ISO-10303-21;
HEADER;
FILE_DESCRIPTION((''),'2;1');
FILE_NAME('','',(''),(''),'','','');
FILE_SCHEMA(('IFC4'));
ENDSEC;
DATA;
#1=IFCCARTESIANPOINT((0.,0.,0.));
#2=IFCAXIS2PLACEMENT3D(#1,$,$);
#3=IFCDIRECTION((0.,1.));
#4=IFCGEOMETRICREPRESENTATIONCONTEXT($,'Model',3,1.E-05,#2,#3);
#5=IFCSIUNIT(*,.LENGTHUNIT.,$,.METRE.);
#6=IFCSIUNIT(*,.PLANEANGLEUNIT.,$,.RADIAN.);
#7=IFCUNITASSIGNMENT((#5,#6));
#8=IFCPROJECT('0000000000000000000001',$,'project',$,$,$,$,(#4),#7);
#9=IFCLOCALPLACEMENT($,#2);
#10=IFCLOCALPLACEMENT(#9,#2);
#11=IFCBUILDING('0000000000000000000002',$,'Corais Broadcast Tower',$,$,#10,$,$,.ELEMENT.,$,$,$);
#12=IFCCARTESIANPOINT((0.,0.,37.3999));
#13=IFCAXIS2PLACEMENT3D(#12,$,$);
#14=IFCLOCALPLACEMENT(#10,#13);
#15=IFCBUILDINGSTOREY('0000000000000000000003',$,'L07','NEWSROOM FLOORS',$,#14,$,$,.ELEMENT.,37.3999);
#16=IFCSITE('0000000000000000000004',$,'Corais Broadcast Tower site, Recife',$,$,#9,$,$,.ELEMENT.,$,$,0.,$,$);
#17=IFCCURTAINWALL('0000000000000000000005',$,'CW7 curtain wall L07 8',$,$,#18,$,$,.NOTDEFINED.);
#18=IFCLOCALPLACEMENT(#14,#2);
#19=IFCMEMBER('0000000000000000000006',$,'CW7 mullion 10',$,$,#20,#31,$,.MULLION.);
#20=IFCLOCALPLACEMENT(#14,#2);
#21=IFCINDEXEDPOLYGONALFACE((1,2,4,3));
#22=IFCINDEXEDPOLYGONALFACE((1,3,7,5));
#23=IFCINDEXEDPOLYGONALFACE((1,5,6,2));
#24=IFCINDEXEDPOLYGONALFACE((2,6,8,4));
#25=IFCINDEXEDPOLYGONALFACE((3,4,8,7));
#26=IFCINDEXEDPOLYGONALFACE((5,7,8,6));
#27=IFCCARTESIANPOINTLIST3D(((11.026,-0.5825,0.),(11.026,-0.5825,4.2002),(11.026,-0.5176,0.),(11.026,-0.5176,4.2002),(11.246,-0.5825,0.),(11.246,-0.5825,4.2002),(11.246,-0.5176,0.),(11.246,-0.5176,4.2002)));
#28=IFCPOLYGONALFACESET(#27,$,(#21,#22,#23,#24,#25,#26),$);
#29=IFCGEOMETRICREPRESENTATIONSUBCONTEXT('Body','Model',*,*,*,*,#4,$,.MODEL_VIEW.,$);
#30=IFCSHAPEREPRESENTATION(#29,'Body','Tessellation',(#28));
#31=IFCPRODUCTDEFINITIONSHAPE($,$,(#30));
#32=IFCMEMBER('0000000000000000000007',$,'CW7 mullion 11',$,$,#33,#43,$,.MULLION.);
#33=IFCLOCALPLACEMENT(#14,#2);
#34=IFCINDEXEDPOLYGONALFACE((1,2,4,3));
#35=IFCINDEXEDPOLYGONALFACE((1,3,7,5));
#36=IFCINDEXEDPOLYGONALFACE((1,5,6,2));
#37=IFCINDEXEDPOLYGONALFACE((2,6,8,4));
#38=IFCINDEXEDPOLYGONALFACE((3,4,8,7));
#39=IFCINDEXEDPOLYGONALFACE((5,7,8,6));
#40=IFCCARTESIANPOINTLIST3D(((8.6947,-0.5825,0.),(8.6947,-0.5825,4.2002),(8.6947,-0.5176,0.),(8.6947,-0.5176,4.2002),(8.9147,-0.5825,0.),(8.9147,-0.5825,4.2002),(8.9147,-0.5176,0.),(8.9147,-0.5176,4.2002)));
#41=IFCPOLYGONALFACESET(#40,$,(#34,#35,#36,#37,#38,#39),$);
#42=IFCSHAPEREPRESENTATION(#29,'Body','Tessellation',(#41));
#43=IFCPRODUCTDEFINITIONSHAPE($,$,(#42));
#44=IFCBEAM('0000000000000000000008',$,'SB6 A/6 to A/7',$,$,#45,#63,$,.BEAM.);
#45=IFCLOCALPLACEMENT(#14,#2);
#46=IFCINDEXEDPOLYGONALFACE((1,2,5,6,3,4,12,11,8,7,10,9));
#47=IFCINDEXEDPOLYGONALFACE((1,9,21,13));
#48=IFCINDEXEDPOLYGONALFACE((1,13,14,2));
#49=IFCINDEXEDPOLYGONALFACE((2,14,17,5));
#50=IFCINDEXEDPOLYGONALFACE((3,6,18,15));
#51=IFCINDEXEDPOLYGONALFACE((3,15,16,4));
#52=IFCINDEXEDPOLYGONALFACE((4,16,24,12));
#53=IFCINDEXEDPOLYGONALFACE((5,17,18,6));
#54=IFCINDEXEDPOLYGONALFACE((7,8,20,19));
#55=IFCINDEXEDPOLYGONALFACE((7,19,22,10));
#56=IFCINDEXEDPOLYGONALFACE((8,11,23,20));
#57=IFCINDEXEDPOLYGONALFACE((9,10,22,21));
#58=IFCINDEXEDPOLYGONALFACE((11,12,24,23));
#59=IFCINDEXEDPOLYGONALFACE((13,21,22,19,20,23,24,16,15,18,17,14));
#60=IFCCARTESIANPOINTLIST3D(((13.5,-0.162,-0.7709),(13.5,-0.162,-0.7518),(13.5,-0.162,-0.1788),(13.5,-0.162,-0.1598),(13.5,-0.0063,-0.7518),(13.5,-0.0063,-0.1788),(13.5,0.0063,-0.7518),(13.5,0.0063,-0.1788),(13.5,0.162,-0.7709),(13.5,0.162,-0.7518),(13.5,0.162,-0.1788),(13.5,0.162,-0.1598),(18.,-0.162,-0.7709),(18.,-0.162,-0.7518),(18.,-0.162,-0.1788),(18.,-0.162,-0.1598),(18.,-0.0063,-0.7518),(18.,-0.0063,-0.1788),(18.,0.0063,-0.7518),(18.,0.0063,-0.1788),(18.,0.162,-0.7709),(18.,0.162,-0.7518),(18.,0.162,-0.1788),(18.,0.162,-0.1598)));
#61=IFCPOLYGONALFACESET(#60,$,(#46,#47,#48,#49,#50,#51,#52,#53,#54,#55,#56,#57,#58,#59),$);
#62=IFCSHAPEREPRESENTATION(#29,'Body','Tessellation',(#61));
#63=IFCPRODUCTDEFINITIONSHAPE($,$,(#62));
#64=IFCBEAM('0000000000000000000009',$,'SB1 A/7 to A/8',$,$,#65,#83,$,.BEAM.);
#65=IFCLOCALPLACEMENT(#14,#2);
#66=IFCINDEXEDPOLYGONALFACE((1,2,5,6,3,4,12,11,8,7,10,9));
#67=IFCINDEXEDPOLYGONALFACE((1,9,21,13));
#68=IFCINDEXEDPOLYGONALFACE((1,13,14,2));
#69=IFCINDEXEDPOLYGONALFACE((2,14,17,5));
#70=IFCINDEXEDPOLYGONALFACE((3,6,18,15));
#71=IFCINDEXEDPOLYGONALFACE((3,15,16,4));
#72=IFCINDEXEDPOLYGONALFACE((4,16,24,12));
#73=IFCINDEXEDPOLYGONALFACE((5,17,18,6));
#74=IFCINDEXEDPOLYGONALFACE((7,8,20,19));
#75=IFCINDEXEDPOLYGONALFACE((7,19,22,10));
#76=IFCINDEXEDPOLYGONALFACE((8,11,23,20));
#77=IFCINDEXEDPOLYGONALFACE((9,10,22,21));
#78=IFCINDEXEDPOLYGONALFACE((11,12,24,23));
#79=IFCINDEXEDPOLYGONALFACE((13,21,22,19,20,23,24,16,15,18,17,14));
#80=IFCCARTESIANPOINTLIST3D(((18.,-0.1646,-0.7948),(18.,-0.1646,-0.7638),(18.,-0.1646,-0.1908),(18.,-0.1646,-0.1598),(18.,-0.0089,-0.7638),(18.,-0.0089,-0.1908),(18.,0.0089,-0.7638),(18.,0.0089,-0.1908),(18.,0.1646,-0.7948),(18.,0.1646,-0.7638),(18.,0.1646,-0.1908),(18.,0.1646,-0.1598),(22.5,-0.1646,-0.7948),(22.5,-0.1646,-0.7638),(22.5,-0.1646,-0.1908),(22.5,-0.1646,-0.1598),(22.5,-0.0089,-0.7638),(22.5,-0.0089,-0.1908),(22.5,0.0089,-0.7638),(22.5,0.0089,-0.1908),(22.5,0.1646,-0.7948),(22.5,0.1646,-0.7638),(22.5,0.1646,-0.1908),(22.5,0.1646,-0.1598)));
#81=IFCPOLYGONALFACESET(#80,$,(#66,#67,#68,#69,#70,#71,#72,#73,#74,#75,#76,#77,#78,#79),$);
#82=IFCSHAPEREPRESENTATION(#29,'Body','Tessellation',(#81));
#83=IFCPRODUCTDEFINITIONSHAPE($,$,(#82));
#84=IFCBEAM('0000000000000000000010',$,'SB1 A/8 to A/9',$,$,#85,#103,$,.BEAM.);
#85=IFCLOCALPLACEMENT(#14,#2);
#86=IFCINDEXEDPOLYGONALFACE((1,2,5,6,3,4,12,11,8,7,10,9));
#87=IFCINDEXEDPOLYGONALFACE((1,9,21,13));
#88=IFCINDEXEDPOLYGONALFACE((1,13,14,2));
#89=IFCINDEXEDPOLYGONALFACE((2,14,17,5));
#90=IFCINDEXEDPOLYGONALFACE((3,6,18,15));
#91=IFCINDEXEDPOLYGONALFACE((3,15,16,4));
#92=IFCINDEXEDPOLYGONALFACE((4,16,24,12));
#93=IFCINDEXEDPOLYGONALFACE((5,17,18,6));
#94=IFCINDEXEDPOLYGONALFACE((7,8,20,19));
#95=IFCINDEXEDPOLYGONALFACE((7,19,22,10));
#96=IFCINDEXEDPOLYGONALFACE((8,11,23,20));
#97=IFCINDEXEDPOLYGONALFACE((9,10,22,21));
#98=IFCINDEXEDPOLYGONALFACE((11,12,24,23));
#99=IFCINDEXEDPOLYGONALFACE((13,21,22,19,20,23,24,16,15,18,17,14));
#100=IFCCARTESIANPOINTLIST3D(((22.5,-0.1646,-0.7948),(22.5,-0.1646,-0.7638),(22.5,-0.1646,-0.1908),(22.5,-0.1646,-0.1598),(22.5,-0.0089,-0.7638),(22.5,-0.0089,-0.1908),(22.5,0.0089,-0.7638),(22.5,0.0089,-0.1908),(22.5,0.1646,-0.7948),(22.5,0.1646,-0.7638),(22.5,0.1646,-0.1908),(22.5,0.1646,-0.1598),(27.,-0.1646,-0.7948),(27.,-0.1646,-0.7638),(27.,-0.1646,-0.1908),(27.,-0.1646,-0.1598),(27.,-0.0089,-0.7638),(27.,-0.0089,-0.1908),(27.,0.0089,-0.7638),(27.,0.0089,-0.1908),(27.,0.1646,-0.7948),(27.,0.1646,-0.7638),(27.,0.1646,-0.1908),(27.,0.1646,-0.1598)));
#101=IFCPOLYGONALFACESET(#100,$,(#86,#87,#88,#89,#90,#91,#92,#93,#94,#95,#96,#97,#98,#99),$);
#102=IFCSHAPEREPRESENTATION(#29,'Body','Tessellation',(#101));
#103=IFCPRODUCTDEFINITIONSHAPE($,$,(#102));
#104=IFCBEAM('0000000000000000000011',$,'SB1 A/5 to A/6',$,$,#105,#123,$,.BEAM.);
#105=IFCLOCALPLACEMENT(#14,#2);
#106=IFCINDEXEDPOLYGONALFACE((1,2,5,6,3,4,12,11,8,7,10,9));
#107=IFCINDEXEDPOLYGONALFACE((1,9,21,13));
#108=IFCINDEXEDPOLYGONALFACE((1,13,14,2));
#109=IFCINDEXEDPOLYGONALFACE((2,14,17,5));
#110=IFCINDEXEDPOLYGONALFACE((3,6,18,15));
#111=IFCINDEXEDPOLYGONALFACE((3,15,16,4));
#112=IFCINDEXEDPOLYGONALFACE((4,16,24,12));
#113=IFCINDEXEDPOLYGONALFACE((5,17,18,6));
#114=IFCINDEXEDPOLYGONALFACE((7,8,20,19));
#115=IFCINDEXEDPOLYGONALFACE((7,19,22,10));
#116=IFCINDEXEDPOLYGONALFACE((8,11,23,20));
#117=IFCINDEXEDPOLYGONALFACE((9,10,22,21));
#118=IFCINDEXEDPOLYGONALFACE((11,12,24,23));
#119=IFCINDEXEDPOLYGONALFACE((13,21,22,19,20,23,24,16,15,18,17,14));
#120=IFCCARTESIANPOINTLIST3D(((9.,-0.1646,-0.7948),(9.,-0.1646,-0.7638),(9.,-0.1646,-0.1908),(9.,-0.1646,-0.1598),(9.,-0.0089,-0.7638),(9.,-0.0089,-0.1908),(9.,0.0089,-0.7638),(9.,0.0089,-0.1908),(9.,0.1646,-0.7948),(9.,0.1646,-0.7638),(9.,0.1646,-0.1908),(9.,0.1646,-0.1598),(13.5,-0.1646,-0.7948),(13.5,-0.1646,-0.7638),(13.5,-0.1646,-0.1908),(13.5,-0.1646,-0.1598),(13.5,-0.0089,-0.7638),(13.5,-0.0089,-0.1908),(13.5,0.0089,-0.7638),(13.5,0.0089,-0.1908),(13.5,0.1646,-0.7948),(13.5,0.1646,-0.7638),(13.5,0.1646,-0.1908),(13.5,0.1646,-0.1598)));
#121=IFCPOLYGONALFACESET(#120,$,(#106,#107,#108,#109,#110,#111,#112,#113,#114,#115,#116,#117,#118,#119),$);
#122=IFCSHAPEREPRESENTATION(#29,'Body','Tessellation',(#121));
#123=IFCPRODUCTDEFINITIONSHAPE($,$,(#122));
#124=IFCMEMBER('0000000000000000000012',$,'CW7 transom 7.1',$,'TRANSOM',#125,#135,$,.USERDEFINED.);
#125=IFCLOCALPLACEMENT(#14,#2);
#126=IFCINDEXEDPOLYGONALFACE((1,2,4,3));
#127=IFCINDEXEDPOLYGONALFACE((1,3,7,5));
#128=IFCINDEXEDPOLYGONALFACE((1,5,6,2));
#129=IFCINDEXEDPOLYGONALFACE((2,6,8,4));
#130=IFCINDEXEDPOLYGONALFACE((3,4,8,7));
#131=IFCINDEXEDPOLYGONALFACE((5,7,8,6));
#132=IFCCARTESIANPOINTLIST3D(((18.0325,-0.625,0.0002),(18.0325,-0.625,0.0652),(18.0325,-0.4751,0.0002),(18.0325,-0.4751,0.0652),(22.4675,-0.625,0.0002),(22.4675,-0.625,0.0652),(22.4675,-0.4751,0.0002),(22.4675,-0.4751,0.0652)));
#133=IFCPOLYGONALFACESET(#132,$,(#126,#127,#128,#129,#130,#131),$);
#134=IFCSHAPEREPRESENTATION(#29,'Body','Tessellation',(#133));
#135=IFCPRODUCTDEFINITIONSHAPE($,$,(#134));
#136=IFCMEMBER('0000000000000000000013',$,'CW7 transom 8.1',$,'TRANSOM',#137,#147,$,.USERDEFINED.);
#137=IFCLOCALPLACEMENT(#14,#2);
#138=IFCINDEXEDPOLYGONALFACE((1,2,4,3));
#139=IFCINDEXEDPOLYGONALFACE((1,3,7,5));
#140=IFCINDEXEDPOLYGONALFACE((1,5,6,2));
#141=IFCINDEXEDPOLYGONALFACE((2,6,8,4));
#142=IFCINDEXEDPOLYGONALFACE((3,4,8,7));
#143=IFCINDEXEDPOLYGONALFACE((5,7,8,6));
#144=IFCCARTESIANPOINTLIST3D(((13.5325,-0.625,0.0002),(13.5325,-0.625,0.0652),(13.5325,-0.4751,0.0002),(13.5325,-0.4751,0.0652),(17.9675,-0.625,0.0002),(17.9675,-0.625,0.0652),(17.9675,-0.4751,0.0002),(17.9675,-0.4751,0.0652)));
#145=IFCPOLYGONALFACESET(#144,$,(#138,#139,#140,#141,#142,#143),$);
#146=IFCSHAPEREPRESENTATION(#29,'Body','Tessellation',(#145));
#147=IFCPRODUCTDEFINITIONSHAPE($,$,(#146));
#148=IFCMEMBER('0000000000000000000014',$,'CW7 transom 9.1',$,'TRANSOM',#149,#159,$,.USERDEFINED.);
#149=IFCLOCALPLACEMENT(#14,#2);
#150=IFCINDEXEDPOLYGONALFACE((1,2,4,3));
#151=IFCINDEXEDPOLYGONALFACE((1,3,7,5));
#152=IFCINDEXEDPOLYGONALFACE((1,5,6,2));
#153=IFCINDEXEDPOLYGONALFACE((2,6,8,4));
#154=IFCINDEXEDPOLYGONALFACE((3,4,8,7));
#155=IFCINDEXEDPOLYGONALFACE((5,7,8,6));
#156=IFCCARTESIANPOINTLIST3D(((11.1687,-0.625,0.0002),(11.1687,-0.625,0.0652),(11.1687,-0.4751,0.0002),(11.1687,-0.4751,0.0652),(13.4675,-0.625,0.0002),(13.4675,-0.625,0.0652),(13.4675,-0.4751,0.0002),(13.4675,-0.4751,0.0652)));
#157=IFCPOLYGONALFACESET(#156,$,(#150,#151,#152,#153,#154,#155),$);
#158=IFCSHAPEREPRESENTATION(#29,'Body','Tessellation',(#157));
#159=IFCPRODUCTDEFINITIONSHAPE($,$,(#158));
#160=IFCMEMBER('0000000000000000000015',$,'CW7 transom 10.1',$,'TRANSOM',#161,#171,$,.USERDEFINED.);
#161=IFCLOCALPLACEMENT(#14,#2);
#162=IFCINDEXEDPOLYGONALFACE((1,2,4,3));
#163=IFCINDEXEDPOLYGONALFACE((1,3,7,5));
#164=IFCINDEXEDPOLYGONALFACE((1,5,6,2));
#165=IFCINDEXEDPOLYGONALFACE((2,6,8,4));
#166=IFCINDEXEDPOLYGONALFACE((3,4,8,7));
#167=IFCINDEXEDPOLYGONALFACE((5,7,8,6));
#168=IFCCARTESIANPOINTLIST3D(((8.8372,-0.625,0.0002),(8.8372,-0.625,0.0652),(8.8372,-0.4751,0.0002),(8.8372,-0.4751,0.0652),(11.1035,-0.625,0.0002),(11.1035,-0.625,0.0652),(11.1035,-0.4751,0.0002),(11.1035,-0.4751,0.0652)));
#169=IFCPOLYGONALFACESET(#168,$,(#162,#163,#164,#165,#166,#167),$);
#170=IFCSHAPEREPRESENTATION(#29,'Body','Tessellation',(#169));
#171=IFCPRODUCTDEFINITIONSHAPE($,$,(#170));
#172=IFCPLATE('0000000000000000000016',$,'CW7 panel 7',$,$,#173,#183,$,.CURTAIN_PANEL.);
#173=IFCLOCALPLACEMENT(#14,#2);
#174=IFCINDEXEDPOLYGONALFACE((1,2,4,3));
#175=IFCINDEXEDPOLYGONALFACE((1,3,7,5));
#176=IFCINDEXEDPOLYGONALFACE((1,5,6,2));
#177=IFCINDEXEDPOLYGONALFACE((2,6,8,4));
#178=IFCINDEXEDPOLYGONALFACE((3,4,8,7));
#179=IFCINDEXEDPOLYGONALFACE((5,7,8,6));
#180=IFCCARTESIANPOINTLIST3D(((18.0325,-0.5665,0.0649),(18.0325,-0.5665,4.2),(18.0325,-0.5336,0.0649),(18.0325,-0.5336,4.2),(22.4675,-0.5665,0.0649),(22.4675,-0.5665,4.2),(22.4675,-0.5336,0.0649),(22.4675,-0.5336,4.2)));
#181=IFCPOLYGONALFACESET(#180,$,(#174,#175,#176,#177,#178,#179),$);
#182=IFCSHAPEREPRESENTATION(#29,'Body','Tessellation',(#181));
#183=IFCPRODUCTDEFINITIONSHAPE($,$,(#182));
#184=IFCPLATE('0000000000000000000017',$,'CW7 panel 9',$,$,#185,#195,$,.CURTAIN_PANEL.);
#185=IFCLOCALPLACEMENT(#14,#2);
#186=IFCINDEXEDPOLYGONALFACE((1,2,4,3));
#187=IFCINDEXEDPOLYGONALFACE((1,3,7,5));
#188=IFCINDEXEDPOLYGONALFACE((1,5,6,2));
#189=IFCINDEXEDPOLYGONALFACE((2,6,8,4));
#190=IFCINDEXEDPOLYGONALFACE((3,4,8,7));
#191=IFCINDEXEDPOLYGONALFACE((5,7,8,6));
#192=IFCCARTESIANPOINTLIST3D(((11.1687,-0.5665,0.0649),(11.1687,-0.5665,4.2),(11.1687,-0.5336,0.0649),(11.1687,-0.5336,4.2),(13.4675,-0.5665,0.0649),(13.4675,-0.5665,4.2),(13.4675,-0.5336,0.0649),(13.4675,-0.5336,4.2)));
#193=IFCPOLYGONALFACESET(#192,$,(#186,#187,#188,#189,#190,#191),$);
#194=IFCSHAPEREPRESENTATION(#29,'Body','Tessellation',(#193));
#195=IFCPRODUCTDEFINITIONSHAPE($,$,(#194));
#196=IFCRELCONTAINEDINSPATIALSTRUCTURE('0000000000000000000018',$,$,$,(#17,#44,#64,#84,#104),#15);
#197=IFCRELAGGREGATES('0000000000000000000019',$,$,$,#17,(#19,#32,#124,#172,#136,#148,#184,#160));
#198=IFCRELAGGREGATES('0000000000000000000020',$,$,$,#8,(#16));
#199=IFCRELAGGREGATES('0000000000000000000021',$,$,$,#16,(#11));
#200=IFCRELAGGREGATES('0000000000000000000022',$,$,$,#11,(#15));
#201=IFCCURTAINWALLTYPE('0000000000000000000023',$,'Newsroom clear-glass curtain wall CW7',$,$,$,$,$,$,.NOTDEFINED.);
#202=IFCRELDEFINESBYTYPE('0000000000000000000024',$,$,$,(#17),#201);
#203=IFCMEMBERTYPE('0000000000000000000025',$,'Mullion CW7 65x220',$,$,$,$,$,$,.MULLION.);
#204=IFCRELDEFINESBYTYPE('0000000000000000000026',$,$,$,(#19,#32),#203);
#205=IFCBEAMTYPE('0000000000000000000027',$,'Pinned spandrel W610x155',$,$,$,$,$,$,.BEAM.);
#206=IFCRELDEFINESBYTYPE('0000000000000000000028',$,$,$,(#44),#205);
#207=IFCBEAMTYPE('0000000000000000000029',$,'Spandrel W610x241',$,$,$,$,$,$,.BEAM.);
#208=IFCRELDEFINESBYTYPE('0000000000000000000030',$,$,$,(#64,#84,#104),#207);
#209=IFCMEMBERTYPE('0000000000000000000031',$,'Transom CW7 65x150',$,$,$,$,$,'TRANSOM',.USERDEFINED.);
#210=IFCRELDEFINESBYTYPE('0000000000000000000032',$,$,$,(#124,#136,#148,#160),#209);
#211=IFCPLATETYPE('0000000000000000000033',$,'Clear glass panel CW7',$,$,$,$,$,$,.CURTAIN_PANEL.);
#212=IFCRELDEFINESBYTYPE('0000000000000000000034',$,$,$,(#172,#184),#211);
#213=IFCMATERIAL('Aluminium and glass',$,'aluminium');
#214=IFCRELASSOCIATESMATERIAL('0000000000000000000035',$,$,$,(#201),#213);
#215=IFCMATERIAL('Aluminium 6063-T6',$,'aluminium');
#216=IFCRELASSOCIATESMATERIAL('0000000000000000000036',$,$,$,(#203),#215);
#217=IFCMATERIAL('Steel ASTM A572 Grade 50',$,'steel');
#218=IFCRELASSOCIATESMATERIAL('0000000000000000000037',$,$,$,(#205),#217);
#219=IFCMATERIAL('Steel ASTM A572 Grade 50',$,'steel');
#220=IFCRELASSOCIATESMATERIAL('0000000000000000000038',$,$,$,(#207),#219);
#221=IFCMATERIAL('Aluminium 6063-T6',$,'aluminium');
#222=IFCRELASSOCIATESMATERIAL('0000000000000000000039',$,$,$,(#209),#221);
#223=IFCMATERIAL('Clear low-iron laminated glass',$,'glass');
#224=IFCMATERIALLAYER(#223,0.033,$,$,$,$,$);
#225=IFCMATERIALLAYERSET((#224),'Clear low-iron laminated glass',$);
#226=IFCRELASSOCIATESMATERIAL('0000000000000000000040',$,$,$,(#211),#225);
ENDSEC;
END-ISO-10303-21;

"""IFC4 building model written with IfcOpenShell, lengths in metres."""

from ifc_helpers import new_model, si_unit, direction, frame, origin, origin_2d, place, context, subcontext, project, spatial, rectangle, i_section, extrude, material, layer, layer_set, material_profile, profile_set, type_object, element, aggregate, save


model = new_model("IFC4")

# Units and contexts
model_context = context("Model", 3, precision=1e-05, world=origin(), true_north=direction((0.0, 1.0)))
body_context = subcontext(model_context, "Body", "Model", "MODEL_VIEW")
ifc_project = project(units=[si_unit("LENGTHUNIT", "METRE"), si_unit("PLANEANGLEUNIT", "RADIAN")], contexts=[model_context])

# Site, building, storey
site_placement = place(None, origin())
site = spatial("IfcSite", under=ifc_project, at=site_placement, Name="Corais Broadcast Tower site, Recife", CompositionType="ELEMENT", RefElevation=0.0)
building_placement = place(site_placement, origin())
building = spatial("IfcBuilding", under=site, at=building_placement, Name="Corais Broadcast Tower", CompositionType="ELEMENT")
storey_placement = place(building_placement, frame((0.0, 0.0, 37.3999)))
storey = spatial("IfcBuildingStorey", under=building, at=storey_placement, Name="L07", Description="NEWSROOM FLOORS", CompositionType="ELEMENT", Elevation=37.3999)

# Curtain wall, members
ifc_material_1 = material(Name="Aluminium and glass", Category="aluminium")
curtain_wall_type = type_object("IfcCurtainWallType", Name="Newsroom clear-glass curtain wall CW7", PredefinedType="NOTDEFINED", material=ifc_material_1)
curtain_wall_placement = place(storey_placement, origin())
curtain_wall = element("IfcCurtainWall", 1, at=curtain_wall_placement, inside=storey, type_object=curtain_wall_type, Name="CW7 curtain wall L07 8", PredefinedType="NOTDEFINED")
ifc_material_2 = material(Name="Aluminium 6063-T6", Category="aluminium")
ifc_material_profile_1 = material_profile(ifc_material_2, rectangle(XDim=0.0649, YDim=0.22, at=origin_2d()), Name="Mullion CW7 65x220")
ifc_profile_set_1 = profile_set([ifc_material_profile_1], Name="Aluminium 6063-T6")
member_type_1 = type_object("IfcMemberType", Name="Mullion CW7 65x220", PredefinedType="MULLION", material=ifc_profile_set_1)
member_1_placement = place(storey_placement, frame((11.136, -0.55, 0.0), z_axis=(0.0, 0.0, 1.0), x_axis=(0.0, -1.0, 0.0)))
member_1 = element("IfcMember", 2, at=member_1_placement, type_object=member_type_1, Name="CW7 mullion 10", PredefinedType="MULLION", context=body_context, shape_type="SweptSolid", body=[
    extrude(rectangle(XDim=0.0649, YDim=0.22, at=origin_2d()), origin(), (0.0, 0.0, 1.0), 4.2002),
])
member_2_placement = place(storey_placement, frame((8.8047, -0.55, 0.0), z_axis=(0.0, 0.0, 1.0), x_axis=(0.0, -1.0, 0.0)))
member_2 = element("IfcMember", 3, at=member_2_placement, type_object=member_type_1, Name="CW7 mullion 11", PredefinedType="MULLION", context=body_context, shape_type="SweptSolid", body=[
    extrude(rectangle(XDim=0.0649, YDim=0.22, at=origin_2d()), origin(), (0.0, 0.0, 1.0), 4.2002),
])

# Beams
ifc_material_3 = material(Name="Steel ASTM A572 Grade 50", Category="steel")
ifc_material_profile_2 = material_profile(ifc_material_3, i_section(OverallWidth=0.324, OverallDepth=0.6111, WebThickness=0.0127, FlangeThickness=0.019, at=origin_2d()), Name="W610x155")
ifc_profile_set_2 = profile_set([ifc_material_profile_2], Name="Steel ASTM A572 Grade 50")
beam_type_1 = type_object("IfcBeamType", Name="Pinned spandrel W610x155", PredefinedType="BEAM", material=ifc_profile_set_2)
beam_1_placement = place(storey_placement, frame((13.5, 0.0, -0.4653), z_axis=(1.0, 0.0, 0.0), x_axis=(0.0, 1.0, 0.0)))
element("IfcBeam", 4, at=beam_1_placement, inside=storey, type_object=beam_type_1, Name="SB6 A/6 to A/7", PredefinedType="BEAM", context=body_context, shape_type="SweptSolid", body=[
    extrude(i_section(OverallWidth=0.324, OverallDepth=0.6111, WebThickness=0.0127, FlangeThickness=0.019, at=origin_2d()), origin(), (0.0, 0.0, 1.0), 4.5),
])
ifc_material_4 = material(Name="Steel ASTM A572 Grade 50", Category="steel")
ifc_material_profile_3 = material_profile(ifc_material_4, i_section(OverallWidth=0.3291, OverallDepth=0.635, WebThickness=0.0178, FlangeThickness=0.031, at=origin_2d()), Name="W610x241")
ifc_profile_set_3 = profile_set([ifc_material_profile_3], Name="Steel ASTM A572 Grade 50")
beam_type_2 = type_object("IfcBeamType", Name="Spandrel W610x241", PredefinedType="BEAM", material=ifc_profile_set_3)
for number, where, z_axis, x_axis, name in (
    (5, (18.0, 0.0, -0.4773), (1.0, 0.0, 0.0), (0.0, 1.0, 0.0), "SB1 A/7 to A/8"),
    (6, (22.5, 0.0, -0.4773), (1.0, 0.0, 0.0), (0.0, 1.0, 0.0), "SB1 A/8 to A/9"),
    (7, (9.0, 0.0, -0.4773), (1.0, 0.0, 0.0), (0.0, 1.0, 0.0), "SB1 A/5 to A/6"),
):
    element("IfcBeam", number, at=place(storey_placement, frame(where, z_axis=z_axis, x_axis=x_axis)), inside=storey, type_object=beam_type_2, Name=name, PredefinedType="BEAM", context=body_context, shape_type="SweptSolid", body=[
        extrude(i_section(OverallWidth=0.3291, OverallDepth=0.635, WebThickness=0.0178, FlangeThickness=0.031, at=origin_2d()), origin(), (0.0, 0.0, 1.0), 4.5),
    ])

# Members
ifc_material_5 = material(Name="Aluminium 6063-T6", Category="aluminium")
ifc_material_profile_4 = material_profile(ifc_material_5, rectangle(XDim=0.1499, YDim=0.0649, at=origin_2d()), Name="Transom CW7 65x150")
ifc_profile_set_4 = profile_set([ifc_material_profile_4], Name="Aluminium 6063-T6")
member_type_2 = type_object("IfcMemberType", Name="Transom CW7 65x150", ElementType="TRANSOM", PredefinedType="USERDEFINED", material=ifc_profile_set_4)
member_3_placement = place(storey_placement, frame((22.4675, -0.55, 0.0327), z_axis=(-1.0, 0.0, 0.0), x_axis=(0.0, -1.0, 0.0)))
member_3 = element("IfcMember", 8, at=member_3_placement, type_object=member_type_2, Name="CW7 transom 7.1", ObjectType="TRANSOM", PredefinedType="USERDEFINED", context=body_context, shape_type="SweptSolid", body=[
    extrude(rectangle(XDim=0.1499, YDim=0.0649, at=origin_2d()), origin(), (0.0, 0.0, 1.0), 4.4351),
])
member_4_placement = place(storey_placement, frame((17.9675, -0.55, 0.0327), z_axis=(-1.0, 0.0, 0.0), x_axis=(0.0, -1.0, 0.0)))
member_4 = element("IfcMember", 9, at=member_4_placement, type_object=member_type_2, Name="CW7 transom 8.1", ObjectType="TRANSOM", PredefinedType="USERDEFINED", context=body_context, shape_type="SweptSolid", body=[
    extrude(rectangle(XDim=0.1499, YDim=0.0649, at=origin_2d()), origin(), (0.0, 0.0, 1.0), 4.4351),
])
member_5_placement = place(storey_placement, frame((13.4675, -0.55, 0.0327), z_axis=(-1.0, 0.0, 0.0), x_axis=(0.0, -1.0, 0.0)))
member_5 = element("IfcMember", 10, at=member_5_placement, type_object=member_type_2, Name="CW7 transom 9.1", ObjectType="TRANSOM", PredefinedType="USERDEFINED", context=body_context, shape_type="SweptSolid", body=[
    extrude(rectangle(XDim=0.1499, YDim=0.0649, at=origin_2d()), origin(), (0.0, 0.0, 1.0), 2.2988),
])
member_6_placement = place(storey_placement, frame((11.1035, -0.55, 0.0327), z_axis=(-1.0, 0.0, 0.0), x_axis=(0.0, -1.0, 0.0)))
member_6 = element("IfcMember", 11, at=member_6_placement, type_object=member_type_2, Name="CW7 transom 10.1", ObjectType="TRANSOM", PredefinedType="USERDEFINED", context=body_context, shape_type="SweptSolid", body=[
    extrude(rectangle(XDim=0.1499, YDim=0.0649, at=origin_2d()), origin(), (0.0, 0.0, 1.0), 2.2664),
])

# Plates
ifc_material_6 = material(Name="Clear low-iron laminated glass", Category="glass")
ifc_layer_1 = layer(ifc_material_6, 0.033)
ifc_layer_set_1 = layer_set([ifc_layer_1], Name="Clear low-iron laminated glass")
plate_type_1 = type_object("IfcPlateType", Name="Clear glass panel CW7", PredefinedType="CURTAIN_PANEL", material=ifc_layer_set_1)
plate_1_placement = place(storey_placement, frame((20.25, -0.55, 0.0649), z_axis=(0.0, 0.0, 1.0), x_axis=(-1.0, 0.0, 0.0)))
plate_1 = element("IfcPlate", 12, at=plate_1_placement, type_object=plate_type_1, Name="CW7 panel 7", PredefinedType="CURTAIN_PANEL", context=body_context, shape_type="SweptSolid", body=[
    extrude(rectangle(XDim=4.4351, YDim=0.033, at=origin_2d()), origin(), (0.0, 0.0, 1.0), 4.135),
])
plate_2_placement = place(storey_placement, frame((12.3181, -0.55, 0.0649), z_axis=(0.0, 0.0, 1.0), x_axis=(-1.0, 0.0, 0.0)))
plate_2 = element("IfcPlate", 13, at=plate_2_placement, type_object=plate_type_1, Name="CW7 panel 9", PredefinedType="CURTAIN_PANEL", context=body_context, shape_type="SweptSolid", body=[
    extrude(rectangle(XDim=2.2988, YDim=0.033, at=origin_2d()), origin(), (0.0, 0.0, 1.0), 4.135),
])
aggregate(curtain_wall, [member_1, member_2, member_3, plate_1, member_4, member_5, plate_2, member_6])

save(model, "model.ifc")
